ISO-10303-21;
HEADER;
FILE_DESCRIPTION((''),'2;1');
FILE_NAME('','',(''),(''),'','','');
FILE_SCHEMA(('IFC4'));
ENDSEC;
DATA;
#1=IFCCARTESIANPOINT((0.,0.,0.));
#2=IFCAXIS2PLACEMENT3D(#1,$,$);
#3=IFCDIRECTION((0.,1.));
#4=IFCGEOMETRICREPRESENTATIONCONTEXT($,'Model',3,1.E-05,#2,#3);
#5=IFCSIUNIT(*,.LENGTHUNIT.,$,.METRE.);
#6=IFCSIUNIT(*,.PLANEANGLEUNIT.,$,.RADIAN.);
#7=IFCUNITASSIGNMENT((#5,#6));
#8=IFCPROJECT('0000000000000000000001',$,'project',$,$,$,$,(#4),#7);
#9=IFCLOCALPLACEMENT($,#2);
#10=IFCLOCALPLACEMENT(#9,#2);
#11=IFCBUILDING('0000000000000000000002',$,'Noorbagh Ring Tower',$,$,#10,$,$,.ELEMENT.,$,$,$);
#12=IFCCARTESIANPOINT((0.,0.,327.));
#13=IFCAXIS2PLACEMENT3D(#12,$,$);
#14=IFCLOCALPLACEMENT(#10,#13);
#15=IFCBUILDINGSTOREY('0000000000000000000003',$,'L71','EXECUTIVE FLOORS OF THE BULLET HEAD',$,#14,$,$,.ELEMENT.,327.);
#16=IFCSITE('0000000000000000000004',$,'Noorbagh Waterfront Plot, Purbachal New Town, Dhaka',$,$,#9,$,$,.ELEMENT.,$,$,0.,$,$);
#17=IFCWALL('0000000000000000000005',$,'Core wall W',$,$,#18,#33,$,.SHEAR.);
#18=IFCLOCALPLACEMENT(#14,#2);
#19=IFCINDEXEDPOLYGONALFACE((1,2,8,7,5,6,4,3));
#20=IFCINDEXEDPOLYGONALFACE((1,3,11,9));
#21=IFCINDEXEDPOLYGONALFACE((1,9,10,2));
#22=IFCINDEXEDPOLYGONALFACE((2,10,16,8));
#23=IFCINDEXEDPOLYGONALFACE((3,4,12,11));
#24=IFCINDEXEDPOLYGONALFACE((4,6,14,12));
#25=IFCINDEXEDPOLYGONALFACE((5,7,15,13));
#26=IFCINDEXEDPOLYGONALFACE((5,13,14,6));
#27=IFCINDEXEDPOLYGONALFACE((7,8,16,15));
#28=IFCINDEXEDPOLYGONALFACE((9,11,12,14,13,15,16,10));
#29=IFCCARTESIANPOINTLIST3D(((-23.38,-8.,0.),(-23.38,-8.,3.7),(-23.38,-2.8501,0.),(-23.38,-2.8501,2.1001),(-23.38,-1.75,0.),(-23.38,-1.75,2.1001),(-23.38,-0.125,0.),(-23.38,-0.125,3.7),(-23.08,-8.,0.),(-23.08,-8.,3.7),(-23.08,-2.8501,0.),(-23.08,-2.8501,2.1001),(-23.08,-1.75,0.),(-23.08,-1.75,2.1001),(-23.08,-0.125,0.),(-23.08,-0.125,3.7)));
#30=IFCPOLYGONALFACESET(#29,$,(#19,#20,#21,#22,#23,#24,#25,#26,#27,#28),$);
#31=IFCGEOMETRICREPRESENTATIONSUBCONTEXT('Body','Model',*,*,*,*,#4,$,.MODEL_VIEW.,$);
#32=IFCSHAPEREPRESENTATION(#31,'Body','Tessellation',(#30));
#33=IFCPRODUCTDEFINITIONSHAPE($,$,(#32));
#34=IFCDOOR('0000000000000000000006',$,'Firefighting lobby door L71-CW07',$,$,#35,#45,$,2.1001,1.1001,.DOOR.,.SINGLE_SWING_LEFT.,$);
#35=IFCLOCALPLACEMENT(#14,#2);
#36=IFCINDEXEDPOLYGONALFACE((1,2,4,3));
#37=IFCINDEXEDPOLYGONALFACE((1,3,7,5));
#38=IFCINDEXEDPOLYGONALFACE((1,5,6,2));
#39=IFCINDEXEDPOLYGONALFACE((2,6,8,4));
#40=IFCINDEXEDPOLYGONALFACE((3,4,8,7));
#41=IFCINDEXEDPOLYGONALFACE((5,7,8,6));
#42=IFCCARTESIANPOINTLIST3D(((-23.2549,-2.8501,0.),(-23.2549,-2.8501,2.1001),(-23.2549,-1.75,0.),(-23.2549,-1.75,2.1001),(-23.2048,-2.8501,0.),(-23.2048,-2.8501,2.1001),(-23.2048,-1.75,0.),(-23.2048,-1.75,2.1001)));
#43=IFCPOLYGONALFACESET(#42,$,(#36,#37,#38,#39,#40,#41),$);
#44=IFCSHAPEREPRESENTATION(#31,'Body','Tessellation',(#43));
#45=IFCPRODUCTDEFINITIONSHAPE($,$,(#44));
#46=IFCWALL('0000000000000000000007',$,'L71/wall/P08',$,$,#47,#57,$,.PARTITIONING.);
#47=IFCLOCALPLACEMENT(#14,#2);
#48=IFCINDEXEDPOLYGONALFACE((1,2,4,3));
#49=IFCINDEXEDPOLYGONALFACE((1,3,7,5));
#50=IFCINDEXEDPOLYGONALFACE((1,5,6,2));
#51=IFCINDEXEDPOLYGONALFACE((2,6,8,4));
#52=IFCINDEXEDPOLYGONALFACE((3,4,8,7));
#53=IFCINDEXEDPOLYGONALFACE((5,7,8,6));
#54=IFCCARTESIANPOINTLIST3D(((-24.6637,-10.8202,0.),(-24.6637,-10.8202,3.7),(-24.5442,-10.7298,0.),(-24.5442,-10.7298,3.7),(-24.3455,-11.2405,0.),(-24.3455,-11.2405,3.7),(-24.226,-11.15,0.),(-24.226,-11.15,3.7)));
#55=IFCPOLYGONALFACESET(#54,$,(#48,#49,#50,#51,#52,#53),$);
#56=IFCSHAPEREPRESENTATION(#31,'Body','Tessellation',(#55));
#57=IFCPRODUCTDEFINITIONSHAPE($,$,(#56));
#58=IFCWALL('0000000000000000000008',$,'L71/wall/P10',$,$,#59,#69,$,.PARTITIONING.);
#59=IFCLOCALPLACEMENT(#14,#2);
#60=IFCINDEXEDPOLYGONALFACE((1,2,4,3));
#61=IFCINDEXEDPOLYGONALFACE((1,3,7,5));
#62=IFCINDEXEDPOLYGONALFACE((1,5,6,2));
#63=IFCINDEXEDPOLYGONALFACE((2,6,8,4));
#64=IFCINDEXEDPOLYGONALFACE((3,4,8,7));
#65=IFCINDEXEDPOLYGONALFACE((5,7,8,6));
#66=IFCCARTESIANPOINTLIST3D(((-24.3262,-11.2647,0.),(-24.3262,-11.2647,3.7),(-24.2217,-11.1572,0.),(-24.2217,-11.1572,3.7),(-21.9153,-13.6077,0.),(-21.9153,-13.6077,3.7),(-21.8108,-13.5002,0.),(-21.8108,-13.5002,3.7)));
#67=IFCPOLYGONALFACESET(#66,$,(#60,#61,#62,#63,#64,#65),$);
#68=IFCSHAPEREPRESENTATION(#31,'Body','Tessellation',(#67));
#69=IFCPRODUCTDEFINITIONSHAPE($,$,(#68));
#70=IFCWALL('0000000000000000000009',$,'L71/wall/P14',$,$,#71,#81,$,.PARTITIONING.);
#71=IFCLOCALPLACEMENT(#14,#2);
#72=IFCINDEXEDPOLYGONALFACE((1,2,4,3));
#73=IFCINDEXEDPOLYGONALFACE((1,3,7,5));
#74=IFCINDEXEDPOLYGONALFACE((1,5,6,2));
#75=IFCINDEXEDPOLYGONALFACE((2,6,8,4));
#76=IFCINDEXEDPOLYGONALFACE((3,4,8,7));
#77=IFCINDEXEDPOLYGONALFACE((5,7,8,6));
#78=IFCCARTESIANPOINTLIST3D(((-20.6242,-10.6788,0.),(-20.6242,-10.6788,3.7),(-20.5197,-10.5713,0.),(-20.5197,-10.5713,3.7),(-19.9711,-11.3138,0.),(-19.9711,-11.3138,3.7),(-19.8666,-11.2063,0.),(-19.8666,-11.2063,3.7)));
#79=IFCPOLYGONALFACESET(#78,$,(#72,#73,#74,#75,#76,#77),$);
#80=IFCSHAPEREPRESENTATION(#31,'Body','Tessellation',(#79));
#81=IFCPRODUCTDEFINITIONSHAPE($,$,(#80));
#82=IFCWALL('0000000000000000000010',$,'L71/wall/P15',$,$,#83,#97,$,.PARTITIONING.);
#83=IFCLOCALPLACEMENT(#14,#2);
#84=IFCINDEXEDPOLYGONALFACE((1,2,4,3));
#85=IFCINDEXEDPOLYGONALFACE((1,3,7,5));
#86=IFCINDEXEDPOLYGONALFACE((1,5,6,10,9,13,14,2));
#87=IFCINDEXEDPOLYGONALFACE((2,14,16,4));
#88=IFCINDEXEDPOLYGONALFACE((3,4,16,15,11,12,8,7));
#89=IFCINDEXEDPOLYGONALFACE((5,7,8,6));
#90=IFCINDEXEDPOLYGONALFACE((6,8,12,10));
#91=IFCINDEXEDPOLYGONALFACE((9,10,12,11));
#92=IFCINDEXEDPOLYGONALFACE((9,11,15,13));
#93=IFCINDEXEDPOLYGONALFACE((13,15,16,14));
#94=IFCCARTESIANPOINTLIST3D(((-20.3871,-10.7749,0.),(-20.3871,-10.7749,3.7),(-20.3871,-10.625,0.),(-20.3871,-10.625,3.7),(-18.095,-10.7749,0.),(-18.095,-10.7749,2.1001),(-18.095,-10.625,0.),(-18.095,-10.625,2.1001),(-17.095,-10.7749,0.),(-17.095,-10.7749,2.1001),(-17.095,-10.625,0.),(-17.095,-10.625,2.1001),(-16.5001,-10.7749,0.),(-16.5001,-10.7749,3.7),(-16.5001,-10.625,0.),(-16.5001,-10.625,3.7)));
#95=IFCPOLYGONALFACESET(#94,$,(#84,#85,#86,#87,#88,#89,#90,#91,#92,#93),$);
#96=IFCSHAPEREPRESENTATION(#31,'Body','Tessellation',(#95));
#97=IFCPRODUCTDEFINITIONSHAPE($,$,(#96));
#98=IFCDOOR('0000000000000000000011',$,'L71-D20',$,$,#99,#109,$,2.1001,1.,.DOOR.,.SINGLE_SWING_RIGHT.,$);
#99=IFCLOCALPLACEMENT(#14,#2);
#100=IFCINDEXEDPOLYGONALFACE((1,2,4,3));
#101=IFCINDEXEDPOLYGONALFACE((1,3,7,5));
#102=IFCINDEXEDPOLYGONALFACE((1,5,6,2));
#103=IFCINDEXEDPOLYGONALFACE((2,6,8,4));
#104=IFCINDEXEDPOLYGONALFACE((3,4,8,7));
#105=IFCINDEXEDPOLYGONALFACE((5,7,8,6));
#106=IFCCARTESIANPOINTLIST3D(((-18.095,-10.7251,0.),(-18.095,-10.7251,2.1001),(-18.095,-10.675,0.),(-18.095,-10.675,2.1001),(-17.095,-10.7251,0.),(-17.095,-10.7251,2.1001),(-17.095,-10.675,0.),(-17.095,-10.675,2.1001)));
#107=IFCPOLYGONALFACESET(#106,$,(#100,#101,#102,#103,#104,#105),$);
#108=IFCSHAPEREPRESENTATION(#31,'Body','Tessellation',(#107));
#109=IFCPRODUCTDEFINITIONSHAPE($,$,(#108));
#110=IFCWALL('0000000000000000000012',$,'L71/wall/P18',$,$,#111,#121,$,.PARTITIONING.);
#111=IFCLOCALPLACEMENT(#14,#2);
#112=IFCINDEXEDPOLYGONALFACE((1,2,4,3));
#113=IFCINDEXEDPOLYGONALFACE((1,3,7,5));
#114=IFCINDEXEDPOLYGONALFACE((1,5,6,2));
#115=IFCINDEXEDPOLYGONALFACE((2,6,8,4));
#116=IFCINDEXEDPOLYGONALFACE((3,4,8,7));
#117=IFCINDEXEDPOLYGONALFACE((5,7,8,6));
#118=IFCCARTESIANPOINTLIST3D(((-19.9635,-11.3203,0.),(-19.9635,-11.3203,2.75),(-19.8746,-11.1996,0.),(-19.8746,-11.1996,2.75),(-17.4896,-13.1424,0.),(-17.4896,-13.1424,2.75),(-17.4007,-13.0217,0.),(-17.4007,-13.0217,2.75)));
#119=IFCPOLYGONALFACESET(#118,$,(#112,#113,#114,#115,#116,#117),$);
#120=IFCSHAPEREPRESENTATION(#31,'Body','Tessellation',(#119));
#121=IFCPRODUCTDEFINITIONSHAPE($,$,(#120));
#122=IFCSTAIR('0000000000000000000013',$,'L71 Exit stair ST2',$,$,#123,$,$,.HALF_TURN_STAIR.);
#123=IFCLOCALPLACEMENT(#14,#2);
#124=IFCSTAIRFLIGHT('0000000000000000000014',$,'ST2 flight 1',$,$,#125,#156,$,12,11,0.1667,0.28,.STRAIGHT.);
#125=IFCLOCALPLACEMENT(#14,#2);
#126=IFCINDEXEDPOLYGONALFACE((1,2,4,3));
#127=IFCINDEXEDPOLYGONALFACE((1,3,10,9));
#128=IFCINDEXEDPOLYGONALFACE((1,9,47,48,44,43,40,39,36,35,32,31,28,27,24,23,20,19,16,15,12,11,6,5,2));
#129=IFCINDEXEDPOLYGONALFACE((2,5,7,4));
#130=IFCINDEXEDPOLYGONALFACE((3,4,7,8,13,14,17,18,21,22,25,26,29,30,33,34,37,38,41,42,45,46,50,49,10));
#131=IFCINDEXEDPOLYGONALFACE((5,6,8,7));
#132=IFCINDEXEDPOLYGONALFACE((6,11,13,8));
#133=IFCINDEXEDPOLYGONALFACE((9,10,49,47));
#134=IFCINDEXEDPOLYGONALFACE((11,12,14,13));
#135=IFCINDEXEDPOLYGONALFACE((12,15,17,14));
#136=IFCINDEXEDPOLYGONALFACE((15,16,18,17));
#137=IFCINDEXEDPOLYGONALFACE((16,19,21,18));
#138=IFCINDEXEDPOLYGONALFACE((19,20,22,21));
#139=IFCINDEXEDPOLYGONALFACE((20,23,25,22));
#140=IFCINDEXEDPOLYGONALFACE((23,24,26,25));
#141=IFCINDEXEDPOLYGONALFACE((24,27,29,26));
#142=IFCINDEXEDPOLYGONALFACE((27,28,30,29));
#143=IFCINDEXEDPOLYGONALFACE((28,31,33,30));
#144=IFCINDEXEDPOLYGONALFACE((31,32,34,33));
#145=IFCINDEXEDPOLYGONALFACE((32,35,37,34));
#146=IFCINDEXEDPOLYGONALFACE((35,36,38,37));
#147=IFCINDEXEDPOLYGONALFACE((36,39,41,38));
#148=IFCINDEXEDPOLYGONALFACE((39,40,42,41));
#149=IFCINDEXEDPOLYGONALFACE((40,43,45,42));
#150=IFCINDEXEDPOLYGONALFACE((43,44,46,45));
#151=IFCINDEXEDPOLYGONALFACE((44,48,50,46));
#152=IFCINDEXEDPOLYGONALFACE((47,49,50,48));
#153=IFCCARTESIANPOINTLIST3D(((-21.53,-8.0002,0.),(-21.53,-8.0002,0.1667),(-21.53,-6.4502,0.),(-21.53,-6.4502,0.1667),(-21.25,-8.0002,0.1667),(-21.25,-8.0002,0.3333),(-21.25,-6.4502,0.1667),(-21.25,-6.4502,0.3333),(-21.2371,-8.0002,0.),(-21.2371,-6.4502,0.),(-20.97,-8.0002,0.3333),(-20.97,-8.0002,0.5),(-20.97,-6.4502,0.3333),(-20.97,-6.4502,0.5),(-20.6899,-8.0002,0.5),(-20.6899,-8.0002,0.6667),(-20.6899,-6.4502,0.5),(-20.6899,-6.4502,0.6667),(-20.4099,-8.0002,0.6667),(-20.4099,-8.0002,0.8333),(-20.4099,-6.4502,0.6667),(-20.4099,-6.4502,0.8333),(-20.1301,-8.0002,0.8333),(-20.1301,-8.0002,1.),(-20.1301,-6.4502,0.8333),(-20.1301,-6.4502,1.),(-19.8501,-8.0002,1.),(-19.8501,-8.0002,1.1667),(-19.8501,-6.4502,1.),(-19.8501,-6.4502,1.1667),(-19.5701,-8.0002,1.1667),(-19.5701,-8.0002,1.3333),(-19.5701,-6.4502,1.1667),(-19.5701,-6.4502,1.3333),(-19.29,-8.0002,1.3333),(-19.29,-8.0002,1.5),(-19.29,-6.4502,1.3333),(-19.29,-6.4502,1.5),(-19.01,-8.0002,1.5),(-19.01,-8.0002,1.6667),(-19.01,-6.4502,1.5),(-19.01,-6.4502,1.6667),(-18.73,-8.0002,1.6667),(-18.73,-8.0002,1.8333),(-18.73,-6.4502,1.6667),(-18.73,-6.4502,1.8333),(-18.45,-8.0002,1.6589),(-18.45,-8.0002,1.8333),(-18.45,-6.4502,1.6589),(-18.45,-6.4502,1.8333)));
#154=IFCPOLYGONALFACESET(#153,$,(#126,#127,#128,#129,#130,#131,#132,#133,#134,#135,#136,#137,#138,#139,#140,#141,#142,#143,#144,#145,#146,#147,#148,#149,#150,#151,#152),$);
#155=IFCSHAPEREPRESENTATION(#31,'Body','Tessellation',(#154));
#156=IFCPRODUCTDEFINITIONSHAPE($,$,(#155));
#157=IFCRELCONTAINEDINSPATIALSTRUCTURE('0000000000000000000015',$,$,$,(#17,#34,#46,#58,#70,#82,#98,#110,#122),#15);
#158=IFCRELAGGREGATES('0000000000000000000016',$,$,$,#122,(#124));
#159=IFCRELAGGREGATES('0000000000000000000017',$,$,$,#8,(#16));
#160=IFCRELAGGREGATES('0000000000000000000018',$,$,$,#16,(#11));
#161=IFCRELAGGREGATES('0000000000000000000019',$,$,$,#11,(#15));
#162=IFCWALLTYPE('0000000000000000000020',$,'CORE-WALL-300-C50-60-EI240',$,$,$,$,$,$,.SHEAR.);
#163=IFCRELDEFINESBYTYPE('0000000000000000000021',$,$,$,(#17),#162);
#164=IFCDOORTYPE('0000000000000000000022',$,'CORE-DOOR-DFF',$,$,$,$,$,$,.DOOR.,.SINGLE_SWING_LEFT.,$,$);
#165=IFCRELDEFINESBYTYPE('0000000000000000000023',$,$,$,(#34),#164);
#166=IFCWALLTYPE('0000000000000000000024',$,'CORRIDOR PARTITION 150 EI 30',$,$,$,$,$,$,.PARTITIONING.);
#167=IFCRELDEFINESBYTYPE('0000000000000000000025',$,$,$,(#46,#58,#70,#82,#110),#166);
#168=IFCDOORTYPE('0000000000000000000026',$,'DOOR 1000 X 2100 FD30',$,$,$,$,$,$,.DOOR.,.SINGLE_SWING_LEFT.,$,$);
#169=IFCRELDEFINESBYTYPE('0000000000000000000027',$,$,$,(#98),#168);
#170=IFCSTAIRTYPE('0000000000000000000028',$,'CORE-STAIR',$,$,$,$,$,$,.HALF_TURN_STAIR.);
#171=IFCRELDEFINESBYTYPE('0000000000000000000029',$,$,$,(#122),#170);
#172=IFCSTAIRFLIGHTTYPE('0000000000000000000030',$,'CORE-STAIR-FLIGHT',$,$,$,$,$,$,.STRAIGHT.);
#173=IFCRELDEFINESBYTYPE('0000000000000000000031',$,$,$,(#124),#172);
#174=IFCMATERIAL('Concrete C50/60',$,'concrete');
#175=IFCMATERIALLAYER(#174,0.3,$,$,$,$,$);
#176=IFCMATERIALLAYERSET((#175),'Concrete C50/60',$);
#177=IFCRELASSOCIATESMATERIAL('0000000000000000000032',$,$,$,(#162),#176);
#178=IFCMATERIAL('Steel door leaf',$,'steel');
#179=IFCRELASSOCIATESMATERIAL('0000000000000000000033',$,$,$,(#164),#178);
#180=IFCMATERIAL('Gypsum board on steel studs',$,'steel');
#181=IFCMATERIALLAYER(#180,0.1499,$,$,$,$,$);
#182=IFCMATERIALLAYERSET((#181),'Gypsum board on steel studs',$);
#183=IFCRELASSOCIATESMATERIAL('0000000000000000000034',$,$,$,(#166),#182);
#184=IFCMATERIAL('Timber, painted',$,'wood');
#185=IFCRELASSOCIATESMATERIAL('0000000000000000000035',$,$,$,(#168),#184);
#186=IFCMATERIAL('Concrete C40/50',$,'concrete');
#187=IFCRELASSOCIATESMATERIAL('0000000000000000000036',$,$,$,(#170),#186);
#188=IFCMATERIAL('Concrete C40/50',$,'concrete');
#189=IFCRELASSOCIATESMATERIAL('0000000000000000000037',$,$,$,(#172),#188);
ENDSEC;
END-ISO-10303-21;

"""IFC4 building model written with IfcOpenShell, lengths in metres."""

from ifc_helpers import new_model, si_unit, direction, frame, frame_2d, origin, place, context, subcontext, project, spatial, polyline, rectangle, outline, extrude, material, layer, layer_set, type_object, element, fill, aggregate, save


model = new_model("IFC4")

# Units and contexts
model_context = context("Model", 3, precision=1e-05, world=origin(), true_north=direction((0.0, 1.0)))
body_context = subcontext(model_context, "Body", "Model", "MODEL_VIEW")
ifc_project = project(units=[si_unit("LENGTHUNIT", "METRE"), si_unit("PLANEANGLEUNIT", "RADIAN")], contexts=[model_context])

# Site, building, storey
site_placement = place(None, origin())
site = spatial("IfcSite", under=ifc_project, at=site_placement, Name="Noorbagh Waterfront Plot, Purbachal New Town, Dhaka", CompositionType="ELEMENT", RefElevation=0.0)
building_placement = place(site_placement, origin())
building = spatial("IfcBuilding", under=site, at=building_placement, Name="Noorbagh Ring Tower", CompositionType="ELEMENT")
storey_placement = place(building_placement, frame((0.0, 0.0, 327.0)))
storey = spatial("IfcBuildingStorey", under=building, at=storey_placement, Name="L71", Description="EXECUTIVE FLOORS OF THE BULLET HEAD", CompositionType="ELEMENT", Elevation=327.0)

# Wall, opening, door
ifc_material_1 = material(Name="Concrete C50/60", Category="concrete")
ifc_layer_1 = layer(ifc_material_1, 0.3)
ifc_layer_set_1 = layer_set([ifc_layer_1], Name="Concrete C50/60")
wall_type_1 = type_object("IfcWallType", Name="CORE-WALL-300-C50-60-EI240", PredefinedType="SHEAR", material=ifc_layer_set_1)
wall_1_placement = place(storey_placement, frame((-23.23, -8.0, 0.0), z_axis=(0.0, 0.0, 1.0), x_axis=(0.0, 1.0, 0.0)))
wall_1 = element("IfcWall", 1, at=wall_1_placement, inside=storey, type_object=wall_type_1, Name="Core wall W", PredefinedType="SHEAR", context=body_context, shape_type="SweptSolid", body=[
    extrude(rectangle(XDim=7.875, YDim=0.3, at=frame_2d((3.9375, 0.0))), origin(), (0.0, 0.0, 1.0), 3.7),
])
opening_1_placement = place(wall_1_placement, frame((5.1499, 0.0, 0.0)))
opening_1 = element("IfcOpeningElement", 2, at=opening_1_placement, cuts=wall_1, PredefinedType="OPENING", context=body_context, shape_type="SweptSolid", body=[
    extrude(rectangle(XDim=1.1001, YDim=2.1001, at=frame_2d((0.55, 1.05))), frame((0.0, 0.1602, 0.0), z_axis=(0.0, -1.0, 0.0), x_axis=(1.0, 0.0, 0.0)), (0.0, 0.0, 1.0), 0.3201),
])
ifc_material_2 = material(Name="Steel door leaf", Category="steel")
door_type_1 = type_object("IfcDoorType", Name="CORE-DOOR-DFF", OperationType="SINGLE_SWING_LEFT", PredefinedType="DOOR", material=ifc_material_2)
door_1_placement = place(opening_1_placement, origin())
door_1 = element("IfcDoor", 3, at=door_1_placement, inside=storey, type_object=door_type_1, Name="Firefighting lobby door L71-CW07", OperationType="SINGLE_SWING_LEFT", OverallHeight=2.1001, OverallWidth=1.1001, PredefinedType="DOOR", context=body_context, shape_type="SweptSolid", body=[
    extrude(rectangle(XDim=1.1001, YDim=2.1001, at=frame_2d((0.55, 1.05))), frame((0.0, 0.0249, 0.0), z_axis=(0.0, -1.0, 0.0), x_axis=(1.0, 0.0, 0.0)), (0.0, 0.0, 1.0), 0.05),
])
fill(opening_1, door_1)

# Walls
ifc_material_3 = material(Name="Gypsum board on steel studs", Category="steel")
ifc_layer_2 = layer(ifc_material_3, 0.1499)
ifc_layer_set_2 = layer_set([ifc_layer_2], Name="Gypsum board on steel studs")
wall_type_2 = type_object("IfcWallType", Name="CORRIDOR PARTITION 150 EI 30", PredefinedType="PARTITIONING", material=ifc_layer_set_2)
wall_2_placement = place(storey_placement, frame((-24.604, -10.7749, 0.0), z_axis=(0.0, 0.0, 1.0), x_axis=(0.603626, -0.797268, 0.0)))
element("IfcWall", 4, at=wall_2_placement, inside=storey, type_object=wall_type_2, Name="L71/wall/P08", PredefinedType="PARTITIONING", context=body_context, shape_type="SweptSolid", body=[
    extrude(rectangle(XDim=0.5271, YDim=0.1499, at=frame_2d((0.2637, 0.0))), origin(), (0.0, 0.0, 1.0), 3.7),
])
wall_3_placement = place(storey_placement, frame((-24.2739, -11.2109, 0.0), z_axis=(0.0, 0.0, 1.0), x_axis=(0.717129, -0.69694, 0.0)))
element("IfcWall", 5, at=wall_3_placement, inside=storey, type_object=wall_type_2, Name="L71/wall/P10", PredefinedType="PARTITIONING", context=body_context, shape_type="SweptSolid", body=[
    extrude(rectangle(XDim=3.3618, YDim=0.1499, at=frame_2d((1.6809, 0.0))), origin(), (0.0, 0.0, 1.0), 3.7),
])
wall_4_placement = place(storey_placement, frame((-20.572, -10.625, 0.0), z_axis=(0.0, 0.0, 1.0), x_axis=(0.716954, -0.69712, 0.0)))
element("IfcWall", 6, at=wall_4_placement, inside=storey, type_object=wall_type_2, Name="L71/wall/P14", PredefinedType="PARTITIONING", context=body_context, shape_type="SweptSolid", body=[
    extrude(rectangle(XDim=0.9109, YDim=0.1499, at=frame_2d((0.4556, 0.0))), origin(), (0.0, 0.0, 1.0), 3.7),
])

# Wall, opening, door
wall_5_placement = place(storey_placement, frame((-20.387, -10.7, 0.0), z_axis=(0.0, 0.0, 1.0), x_axis=(1.0, 0.0, 0.0)))
wall_5 = element("IfcWall", 7, at=wall_5_placement, inside=storey, type_object=wall_type_2, Name="L71/wall/P15", PredefinedType="PARTITIONING", context=body_context, shape_type="SweptSolid", body=[
    extrude(rectangle(XDim=3.887, YDim=0.1499, at=frame_2d((1.9434, 0.0))), origin(), (0.0, 0.0, 1.0), 3.7),
])
opening_2_placement = place(wall_5_placement, frame((2.292, 0.0, 0.0)))
opening_2 = element("IfcOpeningElement", 8, at=opening_2_placement, cuts=wall_5, PredefinedType="OPENING", context=body_context, shape_type="SweptSolid", body=[
    extrude(rectangle(XDim=1.0, YDim=2.1001, at=frame_2d((0.5, 1.05))), frame((0.0, 0.085, 0.0), z_axis=(0.0, -1.0, 0.0), x_axis=(1.0, 0.0, 0.0)), (0.0, 0.0, 1.0), 0.1699),
])
ifc_material_4 = material(Name="Timber, painted", Category="wood")
door_type_2 = type_object("IfcDoorType", Name="DOOR 1000 X 2100 FD30", OperationType="SINGLE_SWING_LEFT", PredefinedType="DOOR", material=ifc_material_4)
door_2_placement = place(opening_2_placement, origin())
door_2 = element("IfcDoor", 9, at=door_2_placement, inside=storey, type_object=door_type_2, Name="L71-D20", OperationType="SINGLE_SWING_RIGHT", OverallHeight=2.1001, OverallWidth=1.0, PredefinedType="DOOR", context=body_context, shape_type="SweptSolid", body=[
    extrude(rectangle(XDim=1.0, YDim=2.1001, at=frame_2d((0.5, 1.05))), frame((0.0, 0.0249, 0.0), z_axis=(0.0, -1.0, 0.0), x_axis=(1.0, 0.0, 0.0)), (0.0, 0.0, 1.0), 0.05),
])
fill(opening_2, door_2)

# Wall
wall_6_placement = place(storey_placement, frame((-19.9189, -11.26, 0.0), z_axis=(0.0, 0.0, 1.0), x_axis=(0.805186, -0.593023, 0.0)))
element("IfcWall", 10, at=wall_6_placement, inside=storey, type_object=wall_type_2, Name="L71/wall/P18", PredefinedType="PARTITIONING", context=body_context, shape_type="SweptSolid", body=[
    extrude(rectangle(XDim=3.0725, YDim=0.1499, at=frame_2d((1.5361, 0.0))), origin(), (0.0, 0.0, 1.0), 2.75),
])

# Stair, stair flight
ifc_material_5 = material(Name="Concrete C40/50", Category="concrete")
stair_type = type_object("IfcStairType", Name="CORE-STAIR", PredefinedType="HALF_TURN_STAIR", material=ifc_material_5)
stair_placement = place(storey_placement, origin())
stair = element("IfcStair", 11, at=stair_placement, inside=storey, type_object=stair_type, Name="L71 Exit stair ST2", PredefinedType="HALF_TURN_STAIR")
ifc_material_6 = material(Name="Concrete C40/50", Category="concrete")
stair_flight_type = type_object("IfcStairFlightType", Name="CORE-STAIR-FLIGHT", PredefinedType="STRAIGHT", material=ifc_material_6)
stair_flight_placement = place(storey_placement, frame((-21.53, -7.2251, 0.0), z_axis=(0.0, 0.0, 1.0), x_axis=(1.0, 0.0, 0.0)))
stair_flight = element("IfcStairFlight", 12, at=stair_flight_placement, type_object=stair_flight_type, Name="ST2 flight 1", NumberOfRisers=12, NumberOfTreads=11, PredefinedType="STRAIGHT", RiserHeight=0.1667, TreadLength=0.28, context=body_context, shape_type="SweptSolid", body=[
    extrude(outline(polyline([(0.0, 0.0), (0.0, 0.1667), (0.28, 0.1667), (0.28, 0.3333), (0.5601, 0.3333), (0.5601, 0.5), (0.8401, 0.5), (0.8401, 0.6667), (1.1201, 0.6667), (1.1201, 0.8333), (1.3999, 0.8333), (1.3999, 1.0), (1.6799, 1.0), (1.6799, 1.1667), (1.96, 1.1667), (1.96, 1.3333), (2.24, 1.3333), (2.24, 1.5), (2.52, 1.5), (2.52, 1.6667), (2.8, 1.6667), (2.8, 1.8333), (3.0801, 1.8333), (3.0801, 2.0), (3.0801, 1.6589), (0.293, 0.0), (0.0, 0.0)])), frame((0.0, 0.7749, 0.0), z_axis=(0.0, -1.0, 0.0), x_axis=(1.0, 0.0, 0.0)), (0.0, 0.0, 1.0), 1.55),
])
aggregate(stair, [stair_flight])

save(model, "model.ifc")
